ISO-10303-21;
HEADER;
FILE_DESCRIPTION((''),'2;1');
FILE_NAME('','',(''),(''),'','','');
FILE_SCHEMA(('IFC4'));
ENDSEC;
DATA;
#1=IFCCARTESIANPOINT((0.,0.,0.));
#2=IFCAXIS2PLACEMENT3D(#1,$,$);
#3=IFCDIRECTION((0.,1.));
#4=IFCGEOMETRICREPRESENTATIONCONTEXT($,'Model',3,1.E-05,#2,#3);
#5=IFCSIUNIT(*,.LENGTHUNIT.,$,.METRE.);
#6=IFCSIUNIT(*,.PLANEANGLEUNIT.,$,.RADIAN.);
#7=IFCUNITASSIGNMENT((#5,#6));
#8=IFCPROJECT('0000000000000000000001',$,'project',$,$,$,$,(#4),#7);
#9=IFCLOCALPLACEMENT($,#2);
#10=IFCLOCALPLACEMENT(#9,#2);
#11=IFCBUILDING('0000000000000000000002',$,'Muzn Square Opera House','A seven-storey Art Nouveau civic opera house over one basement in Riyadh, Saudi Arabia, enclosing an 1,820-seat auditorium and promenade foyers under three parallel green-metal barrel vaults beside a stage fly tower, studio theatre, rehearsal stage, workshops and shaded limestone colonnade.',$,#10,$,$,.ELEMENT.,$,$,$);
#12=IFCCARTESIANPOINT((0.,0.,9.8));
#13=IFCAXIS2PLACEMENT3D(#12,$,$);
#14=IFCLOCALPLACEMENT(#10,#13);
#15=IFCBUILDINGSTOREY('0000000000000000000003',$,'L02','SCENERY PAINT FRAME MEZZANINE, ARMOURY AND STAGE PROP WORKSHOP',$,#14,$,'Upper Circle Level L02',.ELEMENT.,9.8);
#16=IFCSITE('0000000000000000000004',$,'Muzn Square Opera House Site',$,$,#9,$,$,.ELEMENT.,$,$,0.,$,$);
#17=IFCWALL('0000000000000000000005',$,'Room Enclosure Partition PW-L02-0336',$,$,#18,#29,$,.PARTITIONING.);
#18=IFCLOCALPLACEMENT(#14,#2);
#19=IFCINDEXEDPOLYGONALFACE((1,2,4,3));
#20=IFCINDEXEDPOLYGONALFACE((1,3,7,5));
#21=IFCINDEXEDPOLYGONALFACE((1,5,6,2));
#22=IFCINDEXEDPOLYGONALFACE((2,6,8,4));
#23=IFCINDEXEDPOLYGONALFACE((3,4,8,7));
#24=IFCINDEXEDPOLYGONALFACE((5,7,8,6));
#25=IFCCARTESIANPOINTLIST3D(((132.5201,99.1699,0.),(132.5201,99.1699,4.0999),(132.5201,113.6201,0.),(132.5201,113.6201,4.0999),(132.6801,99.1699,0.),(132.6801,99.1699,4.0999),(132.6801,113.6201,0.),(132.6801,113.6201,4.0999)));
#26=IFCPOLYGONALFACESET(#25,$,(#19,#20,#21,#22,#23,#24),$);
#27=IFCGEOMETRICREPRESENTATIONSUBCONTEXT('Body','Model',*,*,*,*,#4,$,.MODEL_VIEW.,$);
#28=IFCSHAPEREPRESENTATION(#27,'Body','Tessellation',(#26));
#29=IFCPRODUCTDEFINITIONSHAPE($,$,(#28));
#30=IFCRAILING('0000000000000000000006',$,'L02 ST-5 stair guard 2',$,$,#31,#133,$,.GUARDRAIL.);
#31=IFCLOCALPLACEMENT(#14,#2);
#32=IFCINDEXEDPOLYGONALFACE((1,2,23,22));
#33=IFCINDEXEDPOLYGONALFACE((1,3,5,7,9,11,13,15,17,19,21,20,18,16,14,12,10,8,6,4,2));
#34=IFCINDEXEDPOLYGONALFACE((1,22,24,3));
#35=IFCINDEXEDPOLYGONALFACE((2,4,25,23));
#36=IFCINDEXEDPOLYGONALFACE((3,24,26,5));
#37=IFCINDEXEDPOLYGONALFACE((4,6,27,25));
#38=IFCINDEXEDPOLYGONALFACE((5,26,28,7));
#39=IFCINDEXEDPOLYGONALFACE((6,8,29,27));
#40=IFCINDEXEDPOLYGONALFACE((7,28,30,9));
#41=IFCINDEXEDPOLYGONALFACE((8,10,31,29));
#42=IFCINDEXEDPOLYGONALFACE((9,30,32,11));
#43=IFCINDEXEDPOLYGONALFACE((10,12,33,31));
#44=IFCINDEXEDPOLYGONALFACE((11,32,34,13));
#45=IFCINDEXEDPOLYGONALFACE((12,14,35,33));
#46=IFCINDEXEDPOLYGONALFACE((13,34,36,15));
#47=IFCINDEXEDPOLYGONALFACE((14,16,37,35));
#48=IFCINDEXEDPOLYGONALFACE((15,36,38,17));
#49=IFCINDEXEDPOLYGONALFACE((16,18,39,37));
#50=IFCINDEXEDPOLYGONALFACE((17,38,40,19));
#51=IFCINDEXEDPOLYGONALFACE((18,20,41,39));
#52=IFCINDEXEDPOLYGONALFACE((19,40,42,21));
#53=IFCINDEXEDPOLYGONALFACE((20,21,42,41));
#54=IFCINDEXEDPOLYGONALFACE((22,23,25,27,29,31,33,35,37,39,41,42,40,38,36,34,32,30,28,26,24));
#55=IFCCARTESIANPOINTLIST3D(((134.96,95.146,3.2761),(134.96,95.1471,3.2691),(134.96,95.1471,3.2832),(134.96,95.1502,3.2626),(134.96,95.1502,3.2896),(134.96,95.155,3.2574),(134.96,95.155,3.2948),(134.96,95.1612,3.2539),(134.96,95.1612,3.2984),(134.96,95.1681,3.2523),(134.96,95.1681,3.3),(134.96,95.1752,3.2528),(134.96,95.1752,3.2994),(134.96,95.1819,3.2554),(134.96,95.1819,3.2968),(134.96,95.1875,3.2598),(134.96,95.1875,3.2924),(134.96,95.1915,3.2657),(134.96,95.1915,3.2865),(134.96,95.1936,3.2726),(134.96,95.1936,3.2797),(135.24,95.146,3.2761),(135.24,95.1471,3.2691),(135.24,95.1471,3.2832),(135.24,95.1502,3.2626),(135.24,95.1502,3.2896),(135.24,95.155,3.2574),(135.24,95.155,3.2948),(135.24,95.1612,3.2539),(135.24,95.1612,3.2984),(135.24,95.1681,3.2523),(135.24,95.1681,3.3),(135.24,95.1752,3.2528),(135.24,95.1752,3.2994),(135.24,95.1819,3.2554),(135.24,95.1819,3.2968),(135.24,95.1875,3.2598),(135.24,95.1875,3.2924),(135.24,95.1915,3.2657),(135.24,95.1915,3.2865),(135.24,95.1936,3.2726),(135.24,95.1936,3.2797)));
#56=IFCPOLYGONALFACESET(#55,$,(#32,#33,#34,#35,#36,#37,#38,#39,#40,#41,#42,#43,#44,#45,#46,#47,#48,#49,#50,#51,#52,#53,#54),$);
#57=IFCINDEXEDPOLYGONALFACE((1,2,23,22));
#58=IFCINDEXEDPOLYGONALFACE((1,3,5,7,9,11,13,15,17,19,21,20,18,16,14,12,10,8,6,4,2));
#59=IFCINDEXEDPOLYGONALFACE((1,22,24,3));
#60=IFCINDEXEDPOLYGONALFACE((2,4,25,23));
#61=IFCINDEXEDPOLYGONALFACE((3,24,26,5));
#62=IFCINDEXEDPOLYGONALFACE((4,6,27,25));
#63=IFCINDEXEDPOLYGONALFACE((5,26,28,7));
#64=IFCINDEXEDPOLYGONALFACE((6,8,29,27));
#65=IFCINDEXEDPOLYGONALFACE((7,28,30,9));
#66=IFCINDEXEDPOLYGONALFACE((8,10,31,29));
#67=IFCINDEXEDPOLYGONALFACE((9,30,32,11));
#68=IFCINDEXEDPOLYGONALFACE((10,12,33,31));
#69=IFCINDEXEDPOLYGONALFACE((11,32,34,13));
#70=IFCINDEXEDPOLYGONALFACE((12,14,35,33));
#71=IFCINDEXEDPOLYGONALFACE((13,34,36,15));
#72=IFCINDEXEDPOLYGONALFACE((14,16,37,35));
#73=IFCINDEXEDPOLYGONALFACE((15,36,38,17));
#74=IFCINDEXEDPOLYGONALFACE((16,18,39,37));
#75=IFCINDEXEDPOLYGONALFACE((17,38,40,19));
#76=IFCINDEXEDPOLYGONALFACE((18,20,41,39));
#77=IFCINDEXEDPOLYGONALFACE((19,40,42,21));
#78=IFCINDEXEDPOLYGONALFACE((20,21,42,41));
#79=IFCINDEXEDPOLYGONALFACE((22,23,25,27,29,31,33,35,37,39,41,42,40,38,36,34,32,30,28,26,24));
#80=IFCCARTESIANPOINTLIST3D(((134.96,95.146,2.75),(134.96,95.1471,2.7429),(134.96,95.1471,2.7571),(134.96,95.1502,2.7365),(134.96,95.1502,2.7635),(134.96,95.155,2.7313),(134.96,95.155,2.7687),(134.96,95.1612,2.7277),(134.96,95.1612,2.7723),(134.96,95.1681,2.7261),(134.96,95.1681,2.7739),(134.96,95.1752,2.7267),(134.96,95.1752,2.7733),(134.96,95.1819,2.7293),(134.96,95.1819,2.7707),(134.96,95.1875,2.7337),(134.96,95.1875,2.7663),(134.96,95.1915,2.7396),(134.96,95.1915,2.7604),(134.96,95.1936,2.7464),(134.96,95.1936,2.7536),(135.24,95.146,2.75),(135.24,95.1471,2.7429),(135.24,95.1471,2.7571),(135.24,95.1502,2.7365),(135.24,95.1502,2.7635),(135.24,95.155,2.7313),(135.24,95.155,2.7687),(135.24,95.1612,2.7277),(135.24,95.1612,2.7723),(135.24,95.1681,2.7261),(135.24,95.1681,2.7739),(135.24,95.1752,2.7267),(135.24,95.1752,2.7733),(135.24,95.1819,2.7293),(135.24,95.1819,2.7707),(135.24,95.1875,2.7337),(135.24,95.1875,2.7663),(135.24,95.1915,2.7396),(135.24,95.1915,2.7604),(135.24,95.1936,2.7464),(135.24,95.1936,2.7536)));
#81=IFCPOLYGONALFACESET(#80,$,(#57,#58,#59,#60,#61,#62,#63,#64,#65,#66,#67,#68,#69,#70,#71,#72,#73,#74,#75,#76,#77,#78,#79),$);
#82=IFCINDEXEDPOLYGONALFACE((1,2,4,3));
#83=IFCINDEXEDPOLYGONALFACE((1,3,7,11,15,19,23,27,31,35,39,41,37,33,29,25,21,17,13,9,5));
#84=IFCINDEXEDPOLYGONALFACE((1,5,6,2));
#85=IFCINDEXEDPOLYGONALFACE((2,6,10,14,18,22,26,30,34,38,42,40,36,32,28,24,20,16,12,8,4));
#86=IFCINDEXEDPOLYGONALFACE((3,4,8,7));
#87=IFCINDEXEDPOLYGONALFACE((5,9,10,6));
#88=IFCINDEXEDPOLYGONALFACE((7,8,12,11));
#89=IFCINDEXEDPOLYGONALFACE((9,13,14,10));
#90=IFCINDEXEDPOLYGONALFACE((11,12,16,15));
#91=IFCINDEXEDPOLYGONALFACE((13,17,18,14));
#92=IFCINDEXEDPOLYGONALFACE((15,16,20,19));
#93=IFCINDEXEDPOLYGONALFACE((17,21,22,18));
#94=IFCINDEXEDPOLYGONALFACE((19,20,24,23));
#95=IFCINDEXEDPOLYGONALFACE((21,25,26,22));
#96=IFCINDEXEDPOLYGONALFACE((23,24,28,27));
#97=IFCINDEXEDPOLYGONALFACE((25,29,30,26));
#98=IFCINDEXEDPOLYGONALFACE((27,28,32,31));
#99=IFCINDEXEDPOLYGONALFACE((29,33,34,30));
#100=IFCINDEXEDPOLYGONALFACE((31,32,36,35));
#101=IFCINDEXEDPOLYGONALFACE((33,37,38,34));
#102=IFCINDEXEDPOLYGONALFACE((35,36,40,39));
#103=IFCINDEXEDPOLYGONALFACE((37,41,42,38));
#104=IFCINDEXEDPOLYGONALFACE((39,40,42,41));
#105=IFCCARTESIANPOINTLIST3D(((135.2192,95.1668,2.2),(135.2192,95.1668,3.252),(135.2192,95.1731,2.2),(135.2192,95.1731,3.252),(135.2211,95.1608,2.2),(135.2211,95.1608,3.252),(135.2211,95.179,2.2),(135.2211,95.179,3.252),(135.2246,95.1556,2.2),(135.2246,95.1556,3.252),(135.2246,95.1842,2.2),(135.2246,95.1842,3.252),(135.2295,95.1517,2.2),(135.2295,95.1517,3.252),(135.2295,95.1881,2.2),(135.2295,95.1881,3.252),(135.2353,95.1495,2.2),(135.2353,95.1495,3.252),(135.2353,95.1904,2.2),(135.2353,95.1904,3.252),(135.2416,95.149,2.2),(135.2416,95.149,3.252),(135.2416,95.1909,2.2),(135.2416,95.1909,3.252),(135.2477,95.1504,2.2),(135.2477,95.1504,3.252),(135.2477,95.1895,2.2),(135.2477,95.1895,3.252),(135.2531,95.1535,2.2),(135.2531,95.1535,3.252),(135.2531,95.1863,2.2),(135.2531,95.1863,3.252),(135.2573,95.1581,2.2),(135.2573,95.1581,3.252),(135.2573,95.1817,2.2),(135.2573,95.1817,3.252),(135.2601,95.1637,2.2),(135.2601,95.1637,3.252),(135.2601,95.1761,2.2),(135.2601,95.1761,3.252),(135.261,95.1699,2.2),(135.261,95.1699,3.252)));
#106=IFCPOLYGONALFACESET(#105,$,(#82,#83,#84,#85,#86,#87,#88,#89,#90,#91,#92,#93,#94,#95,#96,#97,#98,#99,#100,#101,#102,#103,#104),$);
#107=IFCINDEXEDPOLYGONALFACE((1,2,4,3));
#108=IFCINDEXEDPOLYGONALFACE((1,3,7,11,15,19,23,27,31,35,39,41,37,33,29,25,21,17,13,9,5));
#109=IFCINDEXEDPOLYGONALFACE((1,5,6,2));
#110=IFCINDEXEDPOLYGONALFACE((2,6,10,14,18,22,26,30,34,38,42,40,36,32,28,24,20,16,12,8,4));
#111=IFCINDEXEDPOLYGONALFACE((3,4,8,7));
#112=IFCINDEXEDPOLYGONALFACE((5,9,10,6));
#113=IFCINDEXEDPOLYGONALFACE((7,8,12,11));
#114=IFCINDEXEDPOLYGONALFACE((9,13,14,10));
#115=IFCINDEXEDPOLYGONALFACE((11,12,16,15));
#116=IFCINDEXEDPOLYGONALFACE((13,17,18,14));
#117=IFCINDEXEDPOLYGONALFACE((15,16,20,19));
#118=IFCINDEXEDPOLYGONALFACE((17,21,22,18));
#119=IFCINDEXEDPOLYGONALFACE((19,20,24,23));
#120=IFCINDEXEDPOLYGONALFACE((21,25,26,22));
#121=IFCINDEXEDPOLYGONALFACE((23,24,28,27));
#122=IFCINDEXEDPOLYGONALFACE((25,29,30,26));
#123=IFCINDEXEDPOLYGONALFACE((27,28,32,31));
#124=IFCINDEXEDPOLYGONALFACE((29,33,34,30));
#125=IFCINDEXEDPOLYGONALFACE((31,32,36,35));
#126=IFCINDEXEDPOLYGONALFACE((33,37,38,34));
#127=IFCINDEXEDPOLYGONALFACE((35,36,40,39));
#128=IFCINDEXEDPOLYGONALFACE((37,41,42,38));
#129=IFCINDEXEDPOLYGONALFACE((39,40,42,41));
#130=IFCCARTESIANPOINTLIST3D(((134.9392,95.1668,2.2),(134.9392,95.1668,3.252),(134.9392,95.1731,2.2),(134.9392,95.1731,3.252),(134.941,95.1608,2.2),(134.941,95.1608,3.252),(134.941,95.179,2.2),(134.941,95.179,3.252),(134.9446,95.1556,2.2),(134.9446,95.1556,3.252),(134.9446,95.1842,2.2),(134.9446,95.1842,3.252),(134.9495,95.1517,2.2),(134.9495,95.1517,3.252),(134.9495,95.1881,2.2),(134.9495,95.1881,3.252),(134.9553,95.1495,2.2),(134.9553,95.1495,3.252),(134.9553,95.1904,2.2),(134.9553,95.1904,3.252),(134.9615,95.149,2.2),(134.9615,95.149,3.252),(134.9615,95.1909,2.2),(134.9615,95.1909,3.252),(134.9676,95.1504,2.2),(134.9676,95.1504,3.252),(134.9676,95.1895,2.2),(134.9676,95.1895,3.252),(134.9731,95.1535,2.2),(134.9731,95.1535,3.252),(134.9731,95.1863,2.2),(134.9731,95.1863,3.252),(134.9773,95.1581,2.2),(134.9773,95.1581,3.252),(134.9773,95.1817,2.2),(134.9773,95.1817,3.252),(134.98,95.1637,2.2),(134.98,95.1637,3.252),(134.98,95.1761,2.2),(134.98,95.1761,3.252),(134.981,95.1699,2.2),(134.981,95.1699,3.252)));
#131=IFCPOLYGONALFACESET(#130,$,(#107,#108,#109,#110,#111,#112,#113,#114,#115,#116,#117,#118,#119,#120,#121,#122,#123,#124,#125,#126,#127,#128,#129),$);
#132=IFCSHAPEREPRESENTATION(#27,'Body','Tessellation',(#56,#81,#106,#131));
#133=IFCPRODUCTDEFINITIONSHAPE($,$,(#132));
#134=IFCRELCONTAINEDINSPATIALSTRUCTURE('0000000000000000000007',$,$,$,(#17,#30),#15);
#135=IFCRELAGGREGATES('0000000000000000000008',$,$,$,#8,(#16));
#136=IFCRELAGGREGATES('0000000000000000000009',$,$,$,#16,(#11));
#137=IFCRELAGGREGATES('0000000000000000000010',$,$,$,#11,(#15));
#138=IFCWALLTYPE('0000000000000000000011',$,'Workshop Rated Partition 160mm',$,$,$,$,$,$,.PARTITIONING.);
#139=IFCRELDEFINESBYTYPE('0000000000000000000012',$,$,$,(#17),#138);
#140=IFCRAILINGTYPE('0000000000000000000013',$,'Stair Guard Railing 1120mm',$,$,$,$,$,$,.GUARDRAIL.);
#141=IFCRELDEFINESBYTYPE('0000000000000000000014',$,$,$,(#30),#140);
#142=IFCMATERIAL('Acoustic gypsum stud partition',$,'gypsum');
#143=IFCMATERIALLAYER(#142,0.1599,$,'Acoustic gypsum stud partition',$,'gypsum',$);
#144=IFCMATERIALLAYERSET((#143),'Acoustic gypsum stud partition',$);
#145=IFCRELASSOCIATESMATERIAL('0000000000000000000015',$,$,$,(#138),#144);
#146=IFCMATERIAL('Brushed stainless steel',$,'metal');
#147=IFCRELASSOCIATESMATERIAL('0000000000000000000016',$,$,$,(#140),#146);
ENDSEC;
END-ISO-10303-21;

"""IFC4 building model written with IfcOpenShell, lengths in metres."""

from ifc_helpers import new_model, si_unit, direction, frame, frame_2d, origin, origin_2d, place, context, subcontext, project, spatial, rectangle, circle, extrude, material, layer, layer_set, type_object, element, save


model = new_model("IFC4")

# Units and contexts
model_context = context("Model", 3, precision=1e-05, world=origin(), true_north=direction((0.0, 1.0)))
body_context = subcontext(model_context, "Body", "Model", "MODEL_VIEW")
ifc_project = project(units=[si_unit("LENGTHUNIT", "METRE"), si_unit("PLANEANGLEUNIT", "RADIAN")], contexts=[model_context])

# Site, building, storey
site_placement = place(None, origin())
site = spatial("IfcSite", under=ifc_project, at=site_placement, Name="Muzn Square Opera House Site", CompositionType="ELEMENT", RefElevation=0.0)
building_placement = place(site_placement, origin())
building = spatial("IfcBuilding", under=site, at=building_placement, Name="Muzn Square Opera House", Description="A seven-storey Art Nouveau civic opera house over one basement in Riyadh, Saudi Arabia, enclosing an 1,820-seat auditorium and promenade foyers under three parallel green-metal barrel vaults beside a stage fly tower, studio theatre, rehearsal stage, workshops and shaded limestone colonnade.", CompositionType="ELEMENT")
storey_placement = place(building_placement, frame((0.0, 0.0, 9.8)))
storey = spatial("IfcBuildingStorey", under=building, at=storey_placement, Name="L02", Description="SCENERY PAINT FRAME MEZZANINE, ARMOURY AND STAGE PROP WORKSHOP", LongName="Upper Circle Level L02", CompositionType="ELEMENT", Elevation=9.8)

# Wall
ifc_material_1 = material(Name="Acoustic gypsum stud partition", Category="gypsum")
ifc_layer_1 = layer(ifc_material_1, 0.1599, Name="Acoustic gypsum stud partition", Category="gypsum")
ifc_layer_set_1 = layer_set([ifc_layer_1], Name="Acoustic gypsum stud partition")
wall_type_1 = type_object("IfcWallType", Name="Workshop Rated Partition 160mm", PredefinedType="PARTITIONING", material=ifc_layer_set_1)
wall_1_placement = place(storey_placement, frame((132.6001, 99.1699, 0.0), z_axis=(0.0, 0.0, 1.0), x_axis=(0.0, 1.0, 0.0)))
element("IfcWall", 1, at=wall_1_placement, inside=storey, type_object=wall_type_1, Name="Room Enclosure Partition PW-L02-0336", PredefinedType="PARTITIONING", context=body_context, shape_type="SweptSolid", body=[
    extrude(rectangle(XDim=14.4502, YDim=0.1599, at=frame_2d((7.2251, 0.0))), origin(), (0.0, 0.0, 1.0), 4.0999),
])

# Railing
ifc_material_2 = material(Name="Brushed stainless steel", Category="metal")
railing_type = type_object("IfcRailingType", Name="Stair Guard Railing 1120mm", PredefinedType="GUARDRAIL", material=ifc_material_2)
railing_placement = place(storey_placement, frame((135.24, 95.1699, 2.2)))
element("IfcRailing", 2, at=railing_placement, inside=storey, type_object=railing_type, Name="L02 ST-5 stair guard 2", PredefinedType="GUARDRAIL", context=body_context, shape_type="SweptSolid", body=[
    extrude(circle(Radius=0.0239, at=origin_2d()), frame((0.0, 0.0, 1.0762), z_axis=(-1.0, 0.0, 0.0), x_axis=(0.0, -1.0, 0.0)), (0.0, 0.0, 1.0), 0.28),
    extrude(circle(Radius=0.0239, at=origin_2d()), frame((0.0, 0.0, 0.55), z_axis=(-1.0, 0.0, 0.0), x_axis=(0.0, -1.0, 0.0)), (0.0, 0.0, 1.0), 0.28),
    extrude(circle(Radius=0.021, at=origin_2d()), origin(), (0.0, 0.0, 1.0), 1.052),
    extrude(circle(Radius=0.021, at=origin_2d()), frame((-0.28, 0.0, 0.0)), (0.0, 0.0, 1.0), 1.052),
])

save(model, "model.ifc")
